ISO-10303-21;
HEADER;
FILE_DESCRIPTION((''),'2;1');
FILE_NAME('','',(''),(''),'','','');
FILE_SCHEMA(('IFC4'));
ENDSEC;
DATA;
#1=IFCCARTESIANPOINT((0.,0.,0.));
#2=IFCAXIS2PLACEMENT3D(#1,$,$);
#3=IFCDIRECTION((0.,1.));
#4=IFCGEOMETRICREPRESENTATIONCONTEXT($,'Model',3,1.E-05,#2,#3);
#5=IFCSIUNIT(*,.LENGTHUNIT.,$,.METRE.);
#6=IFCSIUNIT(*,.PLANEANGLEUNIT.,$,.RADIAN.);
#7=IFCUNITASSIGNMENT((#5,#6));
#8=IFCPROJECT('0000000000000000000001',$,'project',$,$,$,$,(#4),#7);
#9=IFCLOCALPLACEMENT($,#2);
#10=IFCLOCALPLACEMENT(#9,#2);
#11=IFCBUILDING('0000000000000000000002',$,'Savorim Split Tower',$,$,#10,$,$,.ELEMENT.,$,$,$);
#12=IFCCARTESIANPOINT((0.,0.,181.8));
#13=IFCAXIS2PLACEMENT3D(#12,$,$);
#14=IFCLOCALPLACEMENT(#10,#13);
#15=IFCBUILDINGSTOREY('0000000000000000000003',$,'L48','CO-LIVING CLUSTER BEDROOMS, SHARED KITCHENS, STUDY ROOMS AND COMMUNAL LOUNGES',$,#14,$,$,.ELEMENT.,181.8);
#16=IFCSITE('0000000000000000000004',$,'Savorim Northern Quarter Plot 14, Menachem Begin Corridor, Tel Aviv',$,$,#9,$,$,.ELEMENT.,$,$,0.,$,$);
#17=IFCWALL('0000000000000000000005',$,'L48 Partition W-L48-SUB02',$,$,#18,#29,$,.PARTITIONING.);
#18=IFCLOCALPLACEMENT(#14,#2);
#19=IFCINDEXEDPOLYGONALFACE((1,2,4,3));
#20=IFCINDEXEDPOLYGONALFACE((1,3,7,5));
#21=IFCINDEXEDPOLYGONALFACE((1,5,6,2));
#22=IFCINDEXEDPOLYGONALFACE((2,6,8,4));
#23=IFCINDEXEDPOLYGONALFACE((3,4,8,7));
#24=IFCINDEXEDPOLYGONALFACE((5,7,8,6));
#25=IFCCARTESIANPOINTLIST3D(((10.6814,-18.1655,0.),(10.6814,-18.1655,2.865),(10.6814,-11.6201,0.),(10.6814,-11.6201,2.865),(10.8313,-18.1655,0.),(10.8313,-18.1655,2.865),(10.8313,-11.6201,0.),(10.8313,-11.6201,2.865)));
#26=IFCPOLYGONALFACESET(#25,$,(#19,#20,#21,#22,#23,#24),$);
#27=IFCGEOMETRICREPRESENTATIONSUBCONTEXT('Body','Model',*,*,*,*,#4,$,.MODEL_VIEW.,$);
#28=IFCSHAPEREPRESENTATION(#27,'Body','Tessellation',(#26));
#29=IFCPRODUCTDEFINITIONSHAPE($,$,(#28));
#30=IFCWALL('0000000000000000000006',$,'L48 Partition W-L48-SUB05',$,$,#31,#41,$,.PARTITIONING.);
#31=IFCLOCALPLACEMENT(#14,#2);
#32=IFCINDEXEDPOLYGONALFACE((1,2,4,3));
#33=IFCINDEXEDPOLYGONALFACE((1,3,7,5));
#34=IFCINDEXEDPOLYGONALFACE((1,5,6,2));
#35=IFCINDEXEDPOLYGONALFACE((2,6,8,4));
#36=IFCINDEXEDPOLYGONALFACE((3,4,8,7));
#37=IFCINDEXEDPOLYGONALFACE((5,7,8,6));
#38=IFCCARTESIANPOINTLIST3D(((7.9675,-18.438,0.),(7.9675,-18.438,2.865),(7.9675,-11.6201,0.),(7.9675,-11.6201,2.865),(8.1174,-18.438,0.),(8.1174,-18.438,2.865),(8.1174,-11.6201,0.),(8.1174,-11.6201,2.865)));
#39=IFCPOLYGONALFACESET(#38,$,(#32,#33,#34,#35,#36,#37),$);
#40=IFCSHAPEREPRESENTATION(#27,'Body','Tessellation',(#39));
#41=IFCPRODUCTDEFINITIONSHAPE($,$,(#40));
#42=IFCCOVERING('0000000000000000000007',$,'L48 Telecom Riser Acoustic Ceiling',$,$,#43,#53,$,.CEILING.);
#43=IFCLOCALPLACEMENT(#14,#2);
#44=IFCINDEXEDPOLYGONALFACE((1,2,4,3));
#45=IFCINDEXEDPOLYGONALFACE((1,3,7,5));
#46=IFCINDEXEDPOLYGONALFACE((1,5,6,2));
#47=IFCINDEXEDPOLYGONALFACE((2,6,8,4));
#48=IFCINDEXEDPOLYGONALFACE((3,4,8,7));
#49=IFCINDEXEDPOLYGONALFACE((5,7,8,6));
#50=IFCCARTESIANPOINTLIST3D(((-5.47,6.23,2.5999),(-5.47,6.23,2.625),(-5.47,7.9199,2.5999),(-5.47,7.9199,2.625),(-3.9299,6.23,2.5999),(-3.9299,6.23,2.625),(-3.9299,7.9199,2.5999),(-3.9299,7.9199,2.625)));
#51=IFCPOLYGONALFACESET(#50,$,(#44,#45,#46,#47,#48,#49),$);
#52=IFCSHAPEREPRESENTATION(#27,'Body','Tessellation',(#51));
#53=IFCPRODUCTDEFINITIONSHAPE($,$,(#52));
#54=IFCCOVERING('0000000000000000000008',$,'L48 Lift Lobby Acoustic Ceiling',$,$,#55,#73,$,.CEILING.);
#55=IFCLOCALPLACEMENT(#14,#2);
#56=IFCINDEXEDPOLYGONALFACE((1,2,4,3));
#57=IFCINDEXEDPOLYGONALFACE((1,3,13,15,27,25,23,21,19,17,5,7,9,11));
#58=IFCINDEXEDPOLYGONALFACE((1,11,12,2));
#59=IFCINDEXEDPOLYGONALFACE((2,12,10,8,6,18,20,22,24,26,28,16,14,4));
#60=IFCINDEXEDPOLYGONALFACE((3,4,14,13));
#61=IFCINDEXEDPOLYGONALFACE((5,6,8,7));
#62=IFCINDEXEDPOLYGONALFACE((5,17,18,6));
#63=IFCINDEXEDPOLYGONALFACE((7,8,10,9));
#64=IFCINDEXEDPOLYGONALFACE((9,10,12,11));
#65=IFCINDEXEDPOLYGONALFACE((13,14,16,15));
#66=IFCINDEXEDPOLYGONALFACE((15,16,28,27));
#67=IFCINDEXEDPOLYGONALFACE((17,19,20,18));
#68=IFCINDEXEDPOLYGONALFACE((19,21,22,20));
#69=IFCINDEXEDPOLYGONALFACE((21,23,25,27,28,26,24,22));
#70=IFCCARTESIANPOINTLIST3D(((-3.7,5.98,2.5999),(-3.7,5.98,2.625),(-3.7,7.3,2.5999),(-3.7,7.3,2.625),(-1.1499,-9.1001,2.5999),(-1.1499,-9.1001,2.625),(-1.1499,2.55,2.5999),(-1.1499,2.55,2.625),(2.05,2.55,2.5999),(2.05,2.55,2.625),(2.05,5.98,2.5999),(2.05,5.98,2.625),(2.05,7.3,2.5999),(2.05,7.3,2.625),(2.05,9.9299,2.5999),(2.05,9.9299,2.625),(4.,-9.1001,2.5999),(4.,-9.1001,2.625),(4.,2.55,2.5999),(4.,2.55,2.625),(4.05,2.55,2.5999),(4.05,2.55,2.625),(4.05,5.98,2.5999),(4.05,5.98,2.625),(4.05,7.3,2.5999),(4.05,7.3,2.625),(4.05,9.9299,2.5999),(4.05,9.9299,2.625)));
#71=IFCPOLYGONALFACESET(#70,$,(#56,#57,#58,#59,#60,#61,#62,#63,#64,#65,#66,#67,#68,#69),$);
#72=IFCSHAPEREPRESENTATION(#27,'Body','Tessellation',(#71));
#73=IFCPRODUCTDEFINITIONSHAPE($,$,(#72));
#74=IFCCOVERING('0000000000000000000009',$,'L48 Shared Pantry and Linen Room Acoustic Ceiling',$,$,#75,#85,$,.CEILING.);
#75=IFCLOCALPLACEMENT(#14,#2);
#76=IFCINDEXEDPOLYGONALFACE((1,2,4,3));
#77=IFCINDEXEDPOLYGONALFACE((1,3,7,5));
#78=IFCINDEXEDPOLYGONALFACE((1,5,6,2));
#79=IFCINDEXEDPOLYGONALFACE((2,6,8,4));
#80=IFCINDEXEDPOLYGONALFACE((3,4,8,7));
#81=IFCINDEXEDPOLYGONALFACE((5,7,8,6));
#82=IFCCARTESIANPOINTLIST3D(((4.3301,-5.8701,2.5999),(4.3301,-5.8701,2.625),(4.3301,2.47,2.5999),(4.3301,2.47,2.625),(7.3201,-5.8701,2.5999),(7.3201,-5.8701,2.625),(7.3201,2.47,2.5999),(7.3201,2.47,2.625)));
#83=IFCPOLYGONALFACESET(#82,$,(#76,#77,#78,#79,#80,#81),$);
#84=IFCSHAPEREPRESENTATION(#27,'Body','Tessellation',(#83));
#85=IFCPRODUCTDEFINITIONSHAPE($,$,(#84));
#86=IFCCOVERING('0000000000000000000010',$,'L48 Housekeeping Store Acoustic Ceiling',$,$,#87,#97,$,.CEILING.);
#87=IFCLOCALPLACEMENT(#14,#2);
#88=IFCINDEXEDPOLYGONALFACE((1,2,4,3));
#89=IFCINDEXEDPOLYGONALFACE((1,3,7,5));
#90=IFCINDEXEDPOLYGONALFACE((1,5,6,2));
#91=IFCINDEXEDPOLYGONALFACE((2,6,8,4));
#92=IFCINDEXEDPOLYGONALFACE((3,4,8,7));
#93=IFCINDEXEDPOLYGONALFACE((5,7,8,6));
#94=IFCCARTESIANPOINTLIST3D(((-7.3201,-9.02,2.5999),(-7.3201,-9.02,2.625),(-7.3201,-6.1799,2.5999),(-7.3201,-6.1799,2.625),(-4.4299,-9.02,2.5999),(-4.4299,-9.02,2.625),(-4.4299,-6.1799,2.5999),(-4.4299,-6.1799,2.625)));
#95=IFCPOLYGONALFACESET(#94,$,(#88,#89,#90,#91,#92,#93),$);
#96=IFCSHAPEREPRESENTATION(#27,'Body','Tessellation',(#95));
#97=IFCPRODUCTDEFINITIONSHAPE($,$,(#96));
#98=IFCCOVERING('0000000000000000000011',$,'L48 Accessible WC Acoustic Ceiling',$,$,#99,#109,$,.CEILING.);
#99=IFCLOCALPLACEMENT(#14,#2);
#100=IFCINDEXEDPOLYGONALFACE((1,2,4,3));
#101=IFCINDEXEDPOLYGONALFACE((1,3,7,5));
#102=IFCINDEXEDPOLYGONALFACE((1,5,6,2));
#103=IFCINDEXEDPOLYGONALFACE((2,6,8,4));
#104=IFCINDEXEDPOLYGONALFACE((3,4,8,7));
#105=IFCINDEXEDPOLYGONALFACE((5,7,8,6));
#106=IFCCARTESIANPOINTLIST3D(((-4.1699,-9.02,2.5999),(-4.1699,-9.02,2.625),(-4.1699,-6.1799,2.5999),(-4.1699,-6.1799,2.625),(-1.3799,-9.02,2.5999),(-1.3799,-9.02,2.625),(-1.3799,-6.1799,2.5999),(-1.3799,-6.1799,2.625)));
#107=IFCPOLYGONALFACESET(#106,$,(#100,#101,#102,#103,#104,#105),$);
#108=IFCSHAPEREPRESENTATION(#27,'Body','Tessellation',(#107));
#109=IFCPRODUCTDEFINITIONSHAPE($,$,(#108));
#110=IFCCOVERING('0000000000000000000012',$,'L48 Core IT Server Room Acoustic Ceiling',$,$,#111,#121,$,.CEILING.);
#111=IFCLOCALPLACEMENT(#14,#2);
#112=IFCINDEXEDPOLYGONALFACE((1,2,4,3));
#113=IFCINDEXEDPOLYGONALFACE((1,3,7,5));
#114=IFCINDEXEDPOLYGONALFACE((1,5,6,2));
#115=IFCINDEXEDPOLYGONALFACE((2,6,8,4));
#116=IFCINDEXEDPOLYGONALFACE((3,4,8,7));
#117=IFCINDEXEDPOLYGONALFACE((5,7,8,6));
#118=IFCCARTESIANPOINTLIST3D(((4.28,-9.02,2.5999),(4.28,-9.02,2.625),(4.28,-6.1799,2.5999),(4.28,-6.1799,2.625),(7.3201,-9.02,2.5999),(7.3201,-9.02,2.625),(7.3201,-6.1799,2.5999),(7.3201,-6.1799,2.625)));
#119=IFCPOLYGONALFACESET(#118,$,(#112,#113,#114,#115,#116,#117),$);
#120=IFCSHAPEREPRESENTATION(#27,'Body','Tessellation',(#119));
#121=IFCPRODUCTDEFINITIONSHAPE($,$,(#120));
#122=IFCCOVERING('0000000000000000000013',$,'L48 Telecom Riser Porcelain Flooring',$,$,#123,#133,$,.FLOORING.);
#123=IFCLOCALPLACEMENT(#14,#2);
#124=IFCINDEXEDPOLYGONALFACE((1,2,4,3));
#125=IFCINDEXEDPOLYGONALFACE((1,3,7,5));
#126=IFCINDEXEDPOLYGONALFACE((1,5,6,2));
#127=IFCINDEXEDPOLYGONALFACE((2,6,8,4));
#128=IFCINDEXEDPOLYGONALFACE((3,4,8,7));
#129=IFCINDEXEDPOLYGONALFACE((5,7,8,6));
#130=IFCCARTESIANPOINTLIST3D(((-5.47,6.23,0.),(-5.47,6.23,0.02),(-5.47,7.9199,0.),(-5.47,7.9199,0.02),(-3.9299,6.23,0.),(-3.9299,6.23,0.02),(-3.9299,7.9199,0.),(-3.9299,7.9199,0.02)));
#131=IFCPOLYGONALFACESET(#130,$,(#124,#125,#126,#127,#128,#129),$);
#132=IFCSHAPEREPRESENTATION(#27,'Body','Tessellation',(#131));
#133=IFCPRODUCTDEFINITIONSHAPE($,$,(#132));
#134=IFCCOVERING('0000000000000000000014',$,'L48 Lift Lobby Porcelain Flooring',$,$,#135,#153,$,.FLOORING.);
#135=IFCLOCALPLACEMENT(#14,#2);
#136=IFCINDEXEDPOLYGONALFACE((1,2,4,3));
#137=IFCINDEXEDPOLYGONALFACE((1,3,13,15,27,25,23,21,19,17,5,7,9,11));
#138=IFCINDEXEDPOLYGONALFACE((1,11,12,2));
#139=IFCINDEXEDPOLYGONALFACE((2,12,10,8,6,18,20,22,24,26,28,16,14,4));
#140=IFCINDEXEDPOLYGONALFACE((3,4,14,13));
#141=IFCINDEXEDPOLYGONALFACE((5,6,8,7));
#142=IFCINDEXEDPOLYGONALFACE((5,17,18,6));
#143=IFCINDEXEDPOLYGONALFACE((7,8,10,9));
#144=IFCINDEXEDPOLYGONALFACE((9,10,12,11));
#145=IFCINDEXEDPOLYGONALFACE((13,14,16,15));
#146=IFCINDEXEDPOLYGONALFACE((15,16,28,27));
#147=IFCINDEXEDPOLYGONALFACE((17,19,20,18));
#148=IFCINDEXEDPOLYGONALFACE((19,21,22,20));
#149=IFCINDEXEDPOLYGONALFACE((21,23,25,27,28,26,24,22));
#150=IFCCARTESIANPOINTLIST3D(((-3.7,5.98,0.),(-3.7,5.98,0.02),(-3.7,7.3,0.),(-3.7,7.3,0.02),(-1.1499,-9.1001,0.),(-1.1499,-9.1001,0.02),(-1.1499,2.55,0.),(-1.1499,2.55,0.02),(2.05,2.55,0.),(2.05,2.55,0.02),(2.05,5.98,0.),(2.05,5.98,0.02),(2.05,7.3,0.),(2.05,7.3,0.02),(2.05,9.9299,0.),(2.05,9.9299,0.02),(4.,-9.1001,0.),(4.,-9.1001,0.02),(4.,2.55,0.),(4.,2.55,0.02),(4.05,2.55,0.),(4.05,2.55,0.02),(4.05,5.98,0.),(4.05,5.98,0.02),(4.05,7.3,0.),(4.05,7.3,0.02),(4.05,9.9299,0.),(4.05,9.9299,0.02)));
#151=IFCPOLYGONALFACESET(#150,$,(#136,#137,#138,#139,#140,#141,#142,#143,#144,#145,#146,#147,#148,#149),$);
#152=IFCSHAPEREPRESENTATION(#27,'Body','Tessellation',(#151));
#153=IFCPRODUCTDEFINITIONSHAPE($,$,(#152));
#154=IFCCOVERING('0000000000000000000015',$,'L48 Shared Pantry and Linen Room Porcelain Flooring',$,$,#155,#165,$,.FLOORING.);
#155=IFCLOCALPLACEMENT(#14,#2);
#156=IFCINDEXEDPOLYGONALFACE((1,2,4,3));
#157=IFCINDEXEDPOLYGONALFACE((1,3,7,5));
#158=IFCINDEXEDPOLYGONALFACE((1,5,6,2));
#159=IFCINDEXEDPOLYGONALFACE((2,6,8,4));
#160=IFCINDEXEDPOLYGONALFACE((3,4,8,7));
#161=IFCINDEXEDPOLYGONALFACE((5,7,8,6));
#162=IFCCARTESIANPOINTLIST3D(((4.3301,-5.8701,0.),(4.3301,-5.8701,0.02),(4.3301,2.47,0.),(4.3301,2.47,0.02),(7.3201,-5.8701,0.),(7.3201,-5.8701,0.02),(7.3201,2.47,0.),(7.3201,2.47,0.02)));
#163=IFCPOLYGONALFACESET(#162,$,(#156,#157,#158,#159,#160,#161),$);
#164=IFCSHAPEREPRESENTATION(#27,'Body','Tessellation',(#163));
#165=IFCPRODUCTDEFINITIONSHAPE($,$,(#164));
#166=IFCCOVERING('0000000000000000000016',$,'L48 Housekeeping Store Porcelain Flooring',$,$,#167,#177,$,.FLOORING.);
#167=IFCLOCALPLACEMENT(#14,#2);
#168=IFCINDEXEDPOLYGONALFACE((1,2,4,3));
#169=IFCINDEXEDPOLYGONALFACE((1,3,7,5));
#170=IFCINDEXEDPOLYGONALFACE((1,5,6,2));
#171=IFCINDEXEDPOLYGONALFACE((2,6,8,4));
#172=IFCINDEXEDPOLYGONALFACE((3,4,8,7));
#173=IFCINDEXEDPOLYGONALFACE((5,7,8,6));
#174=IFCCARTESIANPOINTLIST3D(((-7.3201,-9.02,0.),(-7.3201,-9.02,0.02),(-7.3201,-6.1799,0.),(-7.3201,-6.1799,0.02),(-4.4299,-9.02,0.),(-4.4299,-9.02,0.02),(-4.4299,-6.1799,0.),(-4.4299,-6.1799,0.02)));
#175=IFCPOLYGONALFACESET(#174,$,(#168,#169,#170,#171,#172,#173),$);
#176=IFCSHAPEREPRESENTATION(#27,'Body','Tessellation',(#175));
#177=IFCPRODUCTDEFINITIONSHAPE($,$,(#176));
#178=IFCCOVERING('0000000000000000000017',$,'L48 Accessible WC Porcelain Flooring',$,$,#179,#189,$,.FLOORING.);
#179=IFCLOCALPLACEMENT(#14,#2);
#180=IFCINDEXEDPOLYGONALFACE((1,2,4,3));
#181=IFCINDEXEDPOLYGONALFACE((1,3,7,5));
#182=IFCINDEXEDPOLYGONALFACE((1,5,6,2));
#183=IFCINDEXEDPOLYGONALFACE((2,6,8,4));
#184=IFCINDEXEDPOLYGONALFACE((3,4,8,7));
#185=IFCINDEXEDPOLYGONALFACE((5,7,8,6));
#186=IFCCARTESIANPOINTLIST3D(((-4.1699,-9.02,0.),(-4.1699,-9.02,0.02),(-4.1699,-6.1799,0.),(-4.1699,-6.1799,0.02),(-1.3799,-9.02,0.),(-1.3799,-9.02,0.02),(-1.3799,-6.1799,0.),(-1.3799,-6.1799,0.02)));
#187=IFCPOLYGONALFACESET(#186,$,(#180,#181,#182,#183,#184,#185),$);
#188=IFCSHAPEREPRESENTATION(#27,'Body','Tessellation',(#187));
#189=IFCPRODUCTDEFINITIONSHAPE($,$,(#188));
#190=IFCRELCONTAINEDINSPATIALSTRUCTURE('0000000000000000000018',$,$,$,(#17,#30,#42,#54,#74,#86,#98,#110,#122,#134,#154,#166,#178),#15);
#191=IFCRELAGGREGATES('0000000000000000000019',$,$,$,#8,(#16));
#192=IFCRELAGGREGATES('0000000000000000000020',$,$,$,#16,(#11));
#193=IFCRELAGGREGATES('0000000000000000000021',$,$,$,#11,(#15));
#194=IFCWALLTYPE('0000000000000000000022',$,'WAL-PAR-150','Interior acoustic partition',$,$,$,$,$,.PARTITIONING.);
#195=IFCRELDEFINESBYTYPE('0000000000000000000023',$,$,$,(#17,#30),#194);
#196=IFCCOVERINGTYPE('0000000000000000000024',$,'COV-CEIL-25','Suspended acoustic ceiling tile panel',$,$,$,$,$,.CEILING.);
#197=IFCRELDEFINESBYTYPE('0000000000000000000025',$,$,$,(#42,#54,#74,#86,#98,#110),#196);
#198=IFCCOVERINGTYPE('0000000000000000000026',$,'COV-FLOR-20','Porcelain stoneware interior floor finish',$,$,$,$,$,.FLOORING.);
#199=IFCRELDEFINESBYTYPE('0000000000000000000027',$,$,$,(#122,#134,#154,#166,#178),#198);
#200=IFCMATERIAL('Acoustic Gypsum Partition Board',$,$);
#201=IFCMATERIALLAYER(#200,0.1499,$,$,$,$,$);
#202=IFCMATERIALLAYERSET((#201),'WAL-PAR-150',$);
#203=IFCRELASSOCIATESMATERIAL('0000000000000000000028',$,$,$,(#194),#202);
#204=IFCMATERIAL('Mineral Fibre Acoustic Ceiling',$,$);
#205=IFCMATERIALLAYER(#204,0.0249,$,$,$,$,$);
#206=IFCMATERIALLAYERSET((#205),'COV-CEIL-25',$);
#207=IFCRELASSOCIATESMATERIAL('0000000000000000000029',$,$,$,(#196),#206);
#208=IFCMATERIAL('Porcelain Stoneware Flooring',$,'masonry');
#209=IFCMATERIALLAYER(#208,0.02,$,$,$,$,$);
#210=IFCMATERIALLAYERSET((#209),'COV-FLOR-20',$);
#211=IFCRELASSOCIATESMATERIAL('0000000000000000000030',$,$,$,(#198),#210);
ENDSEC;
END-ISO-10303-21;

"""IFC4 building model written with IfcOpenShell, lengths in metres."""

from ifc_helpers import new_model, si_unit, direction, frame, frame_2d, origin, place, context, subcontext, project, spatial, polyline, rectangle, outline, extrude, material, layer, layer_set, type_object, element, save


model = new_model("IFC4")

# Units and contexts
model_context = context("Model", 3, precision=1e-05, world=origin(), true_north=direction((0.0, 1.0)))
body_context = subcontext(model_context, "Body", "Model", "MODEL_VIEW")
ifc_project = project(units=[si_unit("LENGTHUNIT", "METRE"), si_unit("PLANEANGLEUNIT", "RADIAN")], contexts=[model_context])

# Site, building, storey
site_placement = place(None, origin())
site = spatial("IfcSite", under=ifc_project, at=site_placement, Name="Savorim Northern Quarter Plot 14, Menachem Begin Corridor, Tel Aviv", CompositionType="ELEMENT", RefElevation=0.0)
building_placement = place(site_placement, origin())
building = spatial("IfcBuilding", under=site, at=building_placement, Name="Savorim Split Tower", CompositionType="ELEMENT")
storey_placement = place(building_placement, frame((0.0, 0.0, 181.8)))
storey = spatial("IfcBuildingStorey", under=building, at=storey_placement, Name="L48", Description="CO-LIVING CLUSTER BEDROOMS, SHARED KITCHENS, STUDY ROOMS AND COMMUNAL LOUNGES", CompositionType="ELEMENT", Elevation=181.8)

# Shared definitions
ifc_material_1 = material(Name="Acoustic Gypsum Partition Board")
ifc_layer_1 = layer(ifc_material_1, 0.1499)
ifc_layer_set_1 = layer_set([ifc_layer_1], Name="WAL-PAR-150")
wall_type_1 = type_object("IfcWallType", Name="WAL-PAR-150", Description="Interior acoustic partition", PredefinedType="PARTITIONING", material=ifc_layer_set_1)

# Walls
wall_1_placement = place(storey_placement, frame((10.7563, -11.6201, 0.0), z_axis=(0.0, 0.0, 1.0), x_axis=(0.0, -1.0, 0.0)))
element("IfcWall", 1, at=wall_1_placement, inside=storey, type_object=wall_type_1, Name="L48 Partition W-L48-SUB02", PredefinedType="PARTITIONING", context=body_context, shape_type="SweptSolid", body=[
    extrude(rectangle(XDim=6.5454, YDim=0.1499, at=frame_2d((3.2727, 0.0))), origin(), (0.0, 0.0, 1.0), 2.865),
])
wall_2_placement = place(storey_placement, frame((8.0425, -11.6201, 0.0), z_axis=(0.0, 0.0, 1.0), x_axis=(0.0, -1.0, 0.0)))
element("IfcWall", 2, at=wall_2_placement, inside=storey, type_object=wall_type_1, Name="L48 Partition W-L48-SUB05", PredefinedType="PARTITIONING", context=body_context, shape_type="SweptSolid", body=[
    extrude(rectangle(XDim=6.8179, YDim=0.1499, at=frame_2d((3.4089, 0.0))), origin(), (0.0, 0.0, 1.0), 2.865),
])

# Coverings
ifc_material_2 = material(Name="Mineral Fibre Acoustic Ceiling")
ifc_layer_2 = layer(ifc_material_2, 0.0249)
ifc_layer_set_2 = layer_set([ifc_layer_2], Name="COV-CEIL-25")
covering_type_1 = type_object("IfcCoveringType", Name="COV-CEIL-25", Description="Suspended acoustic ceiling tile panel", PredefinedType="CEILING", material=ifc_layer_set_2)
covering_1_placement = place(storey_placement, frame((0.0, 0.0, 2.5999)))
element("IfcCovering", 3, at=covering_1_placement, inside=storey, type_object=covering_type_1, Name="L48 Telecom Riser Acoustic Ceiling", PredefinedType="CEILING", context=body_context, shape_type="SweptSolid", body=[
    extrude(outline(polyline([(-5.47, 7.9199), (-5.47, 6.23), (-3.9299, 6.23), (-3.9299, 7.9199), (-5.47, 7.9199)])), origin(), (0.0, 0.0, 1.0), 0.0251),
])
covering_2_placement = place(storey_placement, frame((0.0, 0.0, 2.5999)))
element("IfcCovering", 4, at=covering_2_placement, inside=storey, type_object=covering_type_1, Name="L48 Lift Lobby Acoustic Ceiling", PredefinedType="CEILING", context=body_context, shape_type="SweptSolid", body=[
    extrude(outline(polyline([(2.05, 2.55), (-1.1499, 2.55), (-1.1499, -9.1001), (4.0, -9.1001), (4.0, 2.55), (4.05, 2.55), (4.05, 5.98), (4.05, 7.3), (4.05, 9.9299), (2.05, 9.9299), (2.05, 7.3), (-3.7, 7.3), (-3.7, 5.98), (2.05, 5.98), (2.05, 2.55)])), origin(), (0.0, 0.0, 1.0), 0.0251),
])
covering_3_placement = place(storey_placement, frame((0.0, 0.0, 2.5999)))
element("IfcCovering", 5, at=covering_3_placement, inside=storey, type_object=covering_type_1, Name="L48 Shared Pantry and Linen Room Acoustic Ceiling", PredefinedType="CEILING", context=body_context, shape_type="SweptSolid", body=[
    extrude(outline(polyline([(4.3301, 2.47), (4.3301, -5.8701), (7.3201, -5.8701), (7.3201, 2.47), (4.3301, 2.47)])), origin(), (0.0, 0.0, 1.0), 0.0251),
])
covering_4_placement = place(storey_placement, frame((0.0, 0.0, 2.5999)))
element("IfcCovering", 6, at=covering_4_placement, inside=storey, type_object=covering_type_1, Name="L48 Housekeeping Store Acoustic Ceiling", PredefinedType="CEILING", context=body_context, shape_type="SweptSolid", body=[
    extrude(outline(polyline([(-7.3201, -6.1799), (-7.3201, -9.02), (-4.4299, -9.02), (-4.4299, -6.1799), (-7.3201, -6.1799)])), origin(), (0.0, 0.0, 1.0), 0.0251),
])
covering_5_placement = place(storey_placement, frame((0.0, 0.0, 2.5999)))
element("IfcCovering", 7, at=covering_5_placement, inside=storey, type_object=covering_type_1, Name="L48 Accessible WC Acoustic Ceiling", PredefinedType="CEILING", context=body_context, shape_type="SweptSolid", body=[
    extrude(outline(polyline([(-4.1699, -6.1799), (-4.1699, -9.02), (-1.3799, -9.02), (-1.3799, -6.1799), (-4.1699, -6.1799)])), origin(), (0.0, 0.0, 1.0), 0.0251),
])
covering_6_placement = place(storey_placement, frame((0.0, 0.0, 2.5999)))
element("IfcCovering", 8, at=covering_6_placement, inside=storey, type_object=covering_type_1, Name="L48 Core IT Server Room Acoustic Ceiling", PredefinedType="CEILING", context=body_context, shape_type="SweptSolid", body=[
    extrude(outline(polyline([(4.28, -6.1799), (4.28, -9.02), (7.3201, -9.02), (7.3201, -6.1799), (4.28, -6.1799)])), origin(), (0.0, 0.0, 1.0), 0.0251),
])
ifc_material_3 = material(Name="Porcelain Stoneware Flooring", Category="masonry")
ifc_layer_3 = layer(ifc_material_3, 0.02)
ifc_layer_set_3 = layer_set([ifc_layer_3], Name="COV-FLOR-20")
covering_type_2 = type_object("IfcCoveringType", Name="COV-FLOR-20", Description="Porcelain stoneware interior floor finish", PredefinedType="FLOORING", material=ifc_layer_set_3)
covering_7_placement = place(storey_placement, origin())
element("IfcCovering", 9, at=covering_7_placement, inside=storey, type_object=covering_type_2, Name="L48 Telecom Riser Porcelain Flooring", PredefinedType="FLOORING", context=body_context, shape_type="SweptSolid", body=[
    extrude(outline(polyline([(-5.47, 7.9199), (-5.47, 6.23), (-3.9299, 6.23), (-3.9299, 7.9199), (-5.47, 7.9199)])), origin(), (0.0, 0.0, 1.0), 0.02),
])
covering_8_placement = place(storey_placement, origin())
element("IfcCovering", 10, at=covering_8_placement, inside=storey, type_object=covering_type_2, Name="L48 Lift Lobby Porcelain Flooring", PredefinedType="FLOORING", context=body_context, shape_type="SweptSolid", body=[
    extrude(outline(polyline([(2.05, 2.55), (-1.1499, 2.55), (-1.1499, -9.1001), (4.0, -9.1001), (4.0, 2.55), (4.05, 2.55), (4.05, 5.98), (4.05, 7.3), (4.05, 9.9299), (2.05, 9.9299), (2.05, 7.3), (-3.7, 7.3), (-3.7, 5.98), (2.05, 5.98), (2.05, 2.55)])), origin(), (0.0, 0.0, 1.0), 0.02),
])
covering_9_placement = place(storey_placement, origin())
element("IfcCovering", 11, at=covering_9_placement, inside=storey, type_object=covering_type_2, Name="L48 Shared Pantry and Linen Room Porcelain Flooring", PredefinedType="FLOORING", context=body_context, shape_type="SweptSolid", body=[
    extrude(outline(polyline([(4.3301, 2.47), (4.3301, -5.8701), (7.3201, -5.8701), (7.3201, 2.47), (4.3301, 2.47)])), origin(), (0.0, 0.0, 1.0), 0.02),
])
covering_10_placement = place(storey_placement, origin())
element("IfcCovering", 12, at=covering_10_placement, inside=storey, type_object=covering_type_2, Name="L48 Housekeeping Store Porcelain Flooring", PredefinedType="FLOORING", context=body_context, shape_type="SweptSolid", body=[
    extrude(outline(polyline([(-7.3201, -6.1799), (-7.3201, -9.02), (-4.4299, -9.02), (-4.4299, -6.1799), (-7.3201, -6.1799)])), origin(), (0.0, 0.0, 1.0), 0.02),
])
covering_11_placement = place(storey_placement, origin())
element("IfcCovering", 13, at=covering_11_placement, inside=storey, type_object=covering_type_2, Name="L48 Accessible WC Porcelain Flooring", PredefinedType="FLOORING", context=body_context, shape_type="SweptSolid", body=[
    extrude(outline(polyline([(-4.1699, -6.1799), (-4.1699, -9.02), (-1.3799, -9.02), (-1.3799, -6.1799), (-4.1699, -6.1799)])), origin(), (0.0, 0.0, 1.0), 0.02),
])

save(model, "model.ifc")
